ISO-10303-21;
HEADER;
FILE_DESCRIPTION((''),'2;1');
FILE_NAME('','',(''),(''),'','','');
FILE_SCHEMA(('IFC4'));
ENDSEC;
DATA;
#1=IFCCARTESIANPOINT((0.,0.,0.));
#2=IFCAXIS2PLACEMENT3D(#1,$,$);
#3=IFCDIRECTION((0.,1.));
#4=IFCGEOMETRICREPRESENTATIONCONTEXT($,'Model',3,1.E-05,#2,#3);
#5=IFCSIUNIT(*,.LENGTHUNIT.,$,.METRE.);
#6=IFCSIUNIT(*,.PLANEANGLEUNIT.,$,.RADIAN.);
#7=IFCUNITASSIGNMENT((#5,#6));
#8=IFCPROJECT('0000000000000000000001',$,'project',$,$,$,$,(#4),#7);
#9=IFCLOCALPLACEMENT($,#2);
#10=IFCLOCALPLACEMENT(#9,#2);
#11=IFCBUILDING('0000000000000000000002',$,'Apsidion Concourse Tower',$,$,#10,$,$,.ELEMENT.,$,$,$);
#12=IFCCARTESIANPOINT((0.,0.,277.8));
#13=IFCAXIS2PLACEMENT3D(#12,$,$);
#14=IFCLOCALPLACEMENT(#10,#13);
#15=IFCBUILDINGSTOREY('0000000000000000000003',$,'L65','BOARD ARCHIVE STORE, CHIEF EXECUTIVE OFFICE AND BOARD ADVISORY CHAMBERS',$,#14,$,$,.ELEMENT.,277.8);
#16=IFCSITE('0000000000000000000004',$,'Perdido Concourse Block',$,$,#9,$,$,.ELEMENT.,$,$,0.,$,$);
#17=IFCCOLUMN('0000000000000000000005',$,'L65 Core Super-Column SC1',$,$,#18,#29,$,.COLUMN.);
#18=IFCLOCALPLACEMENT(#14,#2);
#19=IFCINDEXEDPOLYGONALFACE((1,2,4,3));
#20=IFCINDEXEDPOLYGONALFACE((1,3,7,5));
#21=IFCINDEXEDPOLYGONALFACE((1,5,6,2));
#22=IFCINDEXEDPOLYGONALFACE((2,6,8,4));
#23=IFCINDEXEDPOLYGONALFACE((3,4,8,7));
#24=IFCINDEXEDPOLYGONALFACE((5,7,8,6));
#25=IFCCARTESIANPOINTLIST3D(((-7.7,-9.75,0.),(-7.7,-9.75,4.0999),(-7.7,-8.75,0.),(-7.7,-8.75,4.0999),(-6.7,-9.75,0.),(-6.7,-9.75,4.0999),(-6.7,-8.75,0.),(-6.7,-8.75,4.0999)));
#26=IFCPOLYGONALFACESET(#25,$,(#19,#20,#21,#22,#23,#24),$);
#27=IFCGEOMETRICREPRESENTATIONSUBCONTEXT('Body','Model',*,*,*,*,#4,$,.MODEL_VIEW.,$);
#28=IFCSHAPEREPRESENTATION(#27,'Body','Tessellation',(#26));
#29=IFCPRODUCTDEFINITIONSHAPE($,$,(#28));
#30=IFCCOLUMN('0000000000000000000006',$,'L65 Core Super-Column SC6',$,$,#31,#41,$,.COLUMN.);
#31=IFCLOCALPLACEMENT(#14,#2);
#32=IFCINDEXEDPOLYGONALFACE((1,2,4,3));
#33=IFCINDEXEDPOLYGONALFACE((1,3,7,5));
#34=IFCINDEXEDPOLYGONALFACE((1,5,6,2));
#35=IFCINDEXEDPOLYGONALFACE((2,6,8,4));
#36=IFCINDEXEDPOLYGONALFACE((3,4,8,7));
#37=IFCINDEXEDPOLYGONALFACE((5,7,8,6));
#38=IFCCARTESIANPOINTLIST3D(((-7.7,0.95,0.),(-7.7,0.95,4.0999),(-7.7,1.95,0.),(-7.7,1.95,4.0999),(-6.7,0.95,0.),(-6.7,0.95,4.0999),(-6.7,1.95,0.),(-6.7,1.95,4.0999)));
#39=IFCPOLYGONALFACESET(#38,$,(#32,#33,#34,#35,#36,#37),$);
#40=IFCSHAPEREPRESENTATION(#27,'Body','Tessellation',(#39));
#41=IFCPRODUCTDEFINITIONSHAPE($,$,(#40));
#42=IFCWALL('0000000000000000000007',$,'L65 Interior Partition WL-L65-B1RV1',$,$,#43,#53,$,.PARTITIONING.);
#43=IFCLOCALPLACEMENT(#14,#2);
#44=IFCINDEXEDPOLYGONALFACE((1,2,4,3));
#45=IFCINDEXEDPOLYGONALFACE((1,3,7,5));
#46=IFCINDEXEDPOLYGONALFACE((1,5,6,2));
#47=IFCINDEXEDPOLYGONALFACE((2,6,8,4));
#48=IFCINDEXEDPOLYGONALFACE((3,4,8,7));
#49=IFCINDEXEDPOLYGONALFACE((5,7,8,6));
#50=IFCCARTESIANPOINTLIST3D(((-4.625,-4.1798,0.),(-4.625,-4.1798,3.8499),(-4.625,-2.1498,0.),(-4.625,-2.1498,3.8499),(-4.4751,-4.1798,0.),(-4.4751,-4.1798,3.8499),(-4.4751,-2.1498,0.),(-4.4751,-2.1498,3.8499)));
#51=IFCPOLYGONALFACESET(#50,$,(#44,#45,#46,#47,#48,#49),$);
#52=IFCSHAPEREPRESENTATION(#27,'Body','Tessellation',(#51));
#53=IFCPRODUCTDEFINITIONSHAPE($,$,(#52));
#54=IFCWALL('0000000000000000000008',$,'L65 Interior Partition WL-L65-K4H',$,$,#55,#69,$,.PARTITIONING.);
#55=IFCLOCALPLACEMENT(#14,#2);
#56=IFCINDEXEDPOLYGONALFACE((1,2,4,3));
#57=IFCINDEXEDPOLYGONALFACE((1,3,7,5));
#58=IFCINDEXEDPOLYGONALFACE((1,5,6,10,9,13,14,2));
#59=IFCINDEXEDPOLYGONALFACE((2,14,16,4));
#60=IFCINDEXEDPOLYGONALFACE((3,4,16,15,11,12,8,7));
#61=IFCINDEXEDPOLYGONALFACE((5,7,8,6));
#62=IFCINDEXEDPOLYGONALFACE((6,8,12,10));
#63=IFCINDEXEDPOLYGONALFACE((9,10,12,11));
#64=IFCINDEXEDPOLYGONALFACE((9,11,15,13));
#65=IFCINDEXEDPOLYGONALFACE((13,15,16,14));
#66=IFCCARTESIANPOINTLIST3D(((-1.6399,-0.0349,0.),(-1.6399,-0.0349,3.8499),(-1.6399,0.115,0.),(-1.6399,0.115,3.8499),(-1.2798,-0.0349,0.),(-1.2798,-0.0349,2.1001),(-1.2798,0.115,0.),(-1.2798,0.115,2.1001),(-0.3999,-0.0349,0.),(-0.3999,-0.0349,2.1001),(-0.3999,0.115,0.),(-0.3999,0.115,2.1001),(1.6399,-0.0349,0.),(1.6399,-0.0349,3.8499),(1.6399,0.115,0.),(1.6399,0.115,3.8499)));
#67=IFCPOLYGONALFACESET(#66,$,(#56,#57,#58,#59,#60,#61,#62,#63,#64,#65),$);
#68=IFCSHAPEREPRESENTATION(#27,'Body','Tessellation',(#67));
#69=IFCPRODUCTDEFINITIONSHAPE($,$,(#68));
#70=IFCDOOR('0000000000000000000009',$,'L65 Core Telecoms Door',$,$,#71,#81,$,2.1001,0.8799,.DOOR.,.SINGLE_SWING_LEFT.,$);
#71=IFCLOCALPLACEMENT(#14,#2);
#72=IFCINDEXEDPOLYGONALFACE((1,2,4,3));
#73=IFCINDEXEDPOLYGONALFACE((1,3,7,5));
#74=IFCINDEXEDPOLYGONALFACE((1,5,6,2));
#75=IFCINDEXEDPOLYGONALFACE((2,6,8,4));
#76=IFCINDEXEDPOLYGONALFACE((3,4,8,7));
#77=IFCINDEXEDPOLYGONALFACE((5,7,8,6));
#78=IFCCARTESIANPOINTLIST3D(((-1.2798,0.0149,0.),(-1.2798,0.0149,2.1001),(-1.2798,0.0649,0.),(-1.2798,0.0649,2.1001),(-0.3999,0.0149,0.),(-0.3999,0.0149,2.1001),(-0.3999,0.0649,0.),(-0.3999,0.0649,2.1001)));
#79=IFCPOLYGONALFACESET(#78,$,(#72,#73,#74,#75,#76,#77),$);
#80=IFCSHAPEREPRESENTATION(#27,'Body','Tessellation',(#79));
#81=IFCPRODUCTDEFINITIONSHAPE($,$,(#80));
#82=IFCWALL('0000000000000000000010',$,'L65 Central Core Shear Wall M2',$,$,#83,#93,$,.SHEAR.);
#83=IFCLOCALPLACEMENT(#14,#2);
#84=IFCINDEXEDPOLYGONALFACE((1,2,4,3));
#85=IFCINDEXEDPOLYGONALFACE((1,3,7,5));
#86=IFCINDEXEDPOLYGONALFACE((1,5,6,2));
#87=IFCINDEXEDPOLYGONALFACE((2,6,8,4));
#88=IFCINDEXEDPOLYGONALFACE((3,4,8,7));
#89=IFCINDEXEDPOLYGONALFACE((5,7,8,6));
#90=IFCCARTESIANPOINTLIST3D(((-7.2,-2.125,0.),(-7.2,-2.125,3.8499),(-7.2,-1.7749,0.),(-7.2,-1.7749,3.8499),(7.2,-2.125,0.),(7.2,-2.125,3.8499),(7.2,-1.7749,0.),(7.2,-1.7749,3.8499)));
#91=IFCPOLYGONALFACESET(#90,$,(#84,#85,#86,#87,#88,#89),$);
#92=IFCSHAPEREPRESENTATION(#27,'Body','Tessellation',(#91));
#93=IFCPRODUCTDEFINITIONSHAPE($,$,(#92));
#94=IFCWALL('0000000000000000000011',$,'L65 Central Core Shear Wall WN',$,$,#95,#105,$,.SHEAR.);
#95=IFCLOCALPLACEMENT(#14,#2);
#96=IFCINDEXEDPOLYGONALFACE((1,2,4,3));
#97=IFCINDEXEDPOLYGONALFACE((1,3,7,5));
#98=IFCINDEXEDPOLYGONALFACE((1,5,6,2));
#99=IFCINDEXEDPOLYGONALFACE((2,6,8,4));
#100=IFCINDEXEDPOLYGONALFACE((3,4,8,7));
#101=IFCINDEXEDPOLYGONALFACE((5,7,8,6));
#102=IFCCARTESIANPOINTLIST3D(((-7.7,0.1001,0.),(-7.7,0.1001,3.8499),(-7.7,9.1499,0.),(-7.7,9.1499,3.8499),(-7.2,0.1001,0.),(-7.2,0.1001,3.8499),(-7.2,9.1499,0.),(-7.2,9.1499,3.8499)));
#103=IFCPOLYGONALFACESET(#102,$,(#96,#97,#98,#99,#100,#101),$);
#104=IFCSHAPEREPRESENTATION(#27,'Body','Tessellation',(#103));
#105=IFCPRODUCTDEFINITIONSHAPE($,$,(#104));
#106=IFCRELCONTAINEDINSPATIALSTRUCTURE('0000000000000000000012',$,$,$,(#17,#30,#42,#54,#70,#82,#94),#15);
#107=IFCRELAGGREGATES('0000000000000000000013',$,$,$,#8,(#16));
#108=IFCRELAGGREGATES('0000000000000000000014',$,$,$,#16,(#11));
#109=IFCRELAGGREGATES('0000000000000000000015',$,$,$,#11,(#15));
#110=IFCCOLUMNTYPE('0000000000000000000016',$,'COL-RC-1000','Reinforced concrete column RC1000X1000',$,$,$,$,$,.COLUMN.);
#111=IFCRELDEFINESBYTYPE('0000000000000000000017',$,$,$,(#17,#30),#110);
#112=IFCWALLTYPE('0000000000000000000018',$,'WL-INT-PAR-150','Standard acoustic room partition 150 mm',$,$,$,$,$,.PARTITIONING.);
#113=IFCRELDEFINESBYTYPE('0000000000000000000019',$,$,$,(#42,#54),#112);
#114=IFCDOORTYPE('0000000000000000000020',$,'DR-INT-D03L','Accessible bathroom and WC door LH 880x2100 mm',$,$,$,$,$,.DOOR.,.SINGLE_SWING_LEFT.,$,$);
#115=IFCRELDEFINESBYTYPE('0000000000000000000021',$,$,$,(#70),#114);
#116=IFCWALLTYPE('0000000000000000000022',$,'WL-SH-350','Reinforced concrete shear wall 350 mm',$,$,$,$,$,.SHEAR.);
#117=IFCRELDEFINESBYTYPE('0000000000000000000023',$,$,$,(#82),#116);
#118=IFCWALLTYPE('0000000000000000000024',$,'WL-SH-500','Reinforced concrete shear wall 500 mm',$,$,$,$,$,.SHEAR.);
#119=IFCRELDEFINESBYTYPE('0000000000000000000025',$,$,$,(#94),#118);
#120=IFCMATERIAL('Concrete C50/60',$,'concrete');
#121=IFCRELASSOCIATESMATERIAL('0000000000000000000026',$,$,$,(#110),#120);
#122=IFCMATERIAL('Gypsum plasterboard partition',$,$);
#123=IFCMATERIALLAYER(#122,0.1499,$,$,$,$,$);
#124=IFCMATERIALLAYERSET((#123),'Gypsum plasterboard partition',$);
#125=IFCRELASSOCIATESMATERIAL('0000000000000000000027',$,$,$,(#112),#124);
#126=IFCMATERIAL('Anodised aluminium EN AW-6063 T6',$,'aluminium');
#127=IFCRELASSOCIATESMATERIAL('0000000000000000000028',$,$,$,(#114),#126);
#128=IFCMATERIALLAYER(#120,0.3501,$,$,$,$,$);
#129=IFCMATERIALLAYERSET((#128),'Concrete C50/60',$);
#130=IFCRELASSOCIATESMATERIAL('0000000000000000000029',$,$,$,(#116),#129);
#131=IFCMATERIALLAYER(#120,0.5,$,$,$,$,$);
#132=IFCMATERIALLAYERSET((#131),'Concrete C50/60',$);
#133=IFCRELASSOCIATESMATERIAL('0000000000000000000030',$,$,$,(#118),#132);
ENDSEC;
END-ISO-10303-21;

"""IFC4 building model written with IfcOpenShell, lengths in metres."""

from ifc_helpers import new_model, si_unit, direction, frame, frame_2d, origin, origin_2d, place, context, subcontext, project, spatial, rectangle, extrude, material, layer, layer_set, material_profile, profile_set, type_object, element, fill, save


model = new_model("IFC4")

# Units and contexts
model_context = context("Model", 3, precision=1e-05, world=origin(), true_north=direction((0.0, 1.0)))
body_context = subcontext(model_context, "Body", "Model", "MODEL_VIEW")
ifc_project = project(units=[si_unit("LENGTHUNIT", "METRE"), si_unit("PLANEANGLEUNIT", "RADIAN")], contexts=[model_context])

# Site, building, storey
site_placement = place(None, origin())
site = spatial("IfcSite", under=ifc_project, at=site_placement, Name="Perdido Concourse Block", CompositionType="ELEMENT", RefElevation=0.0)
building_placement = place(site_placement, origin())
building = spatial("IfcBuilding", under=site, at=building_placement, Name="Apsidion Concourse Tower", CompositionType="ELEMENT")
storey_placement = place(building_placement, frame((0.0, 0.0, 277.8)))
storey = spatial("IfcBuildingStorey", under=building, at=storey_placement, Name="L65", Description="BOARD ARCHIVE STORE, CHIEF EXECUTIVE OFFICE AND BOARD ADVISORY CHAMBERS", CompositionType="ELEMENT", Elevation=277.8)

# Columns
ifc_material_1 = material(Name="Concrete C50/60", Category="concrete")
ifc_material_profile = material_profile(ifc_material_1, rectangle(XDim=1.0, YDim=1.0, at=origin_2d()), Name="RC 1000x1000")
ifc_profile_set = profile_set([ifc_material_profile], Name="Concrete C50/60")
column_type = type_object("IfcColumnType", Name="COL-RC-1000", Description="Reinforced concrete column RC1000X1000", PredefinedType="COLUMN", material=ifc_profile_set)
for number, where, z_axis, x_axis, name in (
    (1, (-7.2, -9.25, 0.0), (0.0, 0.0, 1.0), (1.0, 0.0, 0.0), "L65 Core Super-Column SC1"),
    (2, (-7.2, 1.45, 0.0), (0.0, 0.0, 1.0), (1.0, 0.0, 0.0), "L65 Core Super-Column SC6"),
):
    element("IfcColumn", number, at=place(storey_placement, frame(where, z_axis=z_axis, x_axis=x_axis)), inside=storey, type_object=column_type, Name=name, PredefinedType="COLUMN", context=body_context, shape_type="SweptSolid", body=[
        extrude(rectangle(XDim=1.0, YDim=1.0, at=origin_2d()), origin(), (0.0, 0.0, 1.0), 4.0999),
    ])

# Wall
ifc_material_2 = material(Name="Gypsum plasterboard partition")
ifc_layer_1 = layer(ifc_material_2, 0.1499)
ifc_layer_set_1 = layer_set([ifc_layer_1], Name="Gypsum plasterboard partition")
wall_type_1 = type_object("IfcWallType", Name="WL-INT-PAR-150", Description="Standard acoustic room partition 150 mm", PredefinedType="PARTITIONING", material=ifc_layer_set_1)
wall_1_placement = place(storey_placement, frame((-4.55, -4.1799, 0.0), z_axis=(0.0, 0.0, 1.0), x_axis=(0.0, 1.0, 0.0)))
element("IfcWall", 3, at=wall_1_placement, inside=storey, type_object=wall_type_1, Name="L65 Interior Partition WL-L65-B1RV1", PredefinedType="PARTITIONING", context=body_context, shape_type="SweptSolid", body=[
    extrude(rectangle(XDim=2.03, YDim=0.1499, at=frame_2d((1.0151, 0.0))), origin(), (0.0, 0.0, 1.0), 3.8499),
])

# Wall, opening, door
wall_2_placement = place(storey_placement, frame((-1.6399, 0.04, 0.0), z_axis=(0.0, 0.0, 1.0), x_axis=(1.0, 0.0, 0.0)))
wall_2 = element("IfcWall", 4, at=wall_2_placement, inside=storey, type_object=wall_type_1, Name="L65 Interior Partition WL-L65-K4H", PredefinedType="PARTITIONING", context=body_context, shape_type="SweptSolid", body=[
    extrude(rectangle(XDim=3.2798, YDim=0.1499, at=frame_2d((1.6399, 0.0))), origin(), (0.0, 0.0, 1.0), 3.8499),
])
opening_1_placement = place(wall_2_placement, frame((0.3601, 0.0, 0.0)))
opening_1 = element("IfcOpeningElement", 5, at=opening_1_placement, cuts=wall_2, PredefinedType="OPENING", context=body_context, shape_type="SweptSolid", body=[
    extrude(rectangle(XDim=0.8799, YDim=2.1001, at=frame_2d((0.4399, 1.05))), frame((0.0, 0.085, 0.0), z_axis=(0.0, -1.0, 0.0), x_axis=(1.0, 0.0, 0.0)), (0.0, 0.0, 1.0), 0.1699),
])
ifc_material_3 = material(Name="Anodised aluminium EN AW-6063 T6", Category="aluminium")
door_type_1 = type_object("IfcDoorType", Name="DR-INT-D03L", Description="Accessible bathroom and WC door LH 880x2100 mm", OperationType="SINGLE_SWING_LEFT", PredefinedType="DOOR", material=ifc_material_3)
door_1_placement = place(opening_1_placement, origin())
door_1 = element("IfcDoor", 6, at=door_1_placement, inside=storey, type_object=door_type_1, Name="L65 Core Telecoms Door", OperationType="SINGLE_SWING_LEFT", OverallHeight=2.1001, OverallWidth=0.8799, PredefinedType="DOOR", context=body_context, shape_type="SweptSolid", body=[
    extrude(rectangle(XDim=0.8799, YDim=2.1001, at=frame_2d((0.4399, 1.05))), frame((0.0, 0.0249, 0.0), z_axis=(0.0, -1.0, 0.0), x_axis=(1.0, 0.0, 0.0)), (0.0, 0.0, 1.0), 0.05),
])
fill(opening_1, door_1)

# Shared definitions
ifc_layer_2 = layer(ifc_material_1, 0.3501)
ifc_layer_set_2 = layer_set([ifc_layer_2], Name="Concrete C50/60")
wall_type_2 = type_object("IfcWallType", Name="WL-SH-350", Description="Reinforced concrete shear wall 350 mm", PredefinedType="SHEAR", material=ifc_layer_set_2)

# Wall
wall_3_placement = place(storey_placement, frame((-7.2, -1.95, 0.0), z_axis=(0.0, 0.0, 1.0), x_axis=(1.0, 0.0, 0.0)))
element("IfcWall", 7, at=wall_3_placement, inside=storey, type_object=wall_type_2, Name="L65 Central Core Shear Wall M2", PredefinedType="SHEAR", context=body_context, shape_type="SweptSolid", body=[
    extrude(rectangle(XDim=14.3999, YDim=0.3501, at=frame_2d((7.2, 0.0))), origin(), (0.0, 0.0, 1.0), 3.8499),
])

# Wall
ifc_layer_3 = layer(ifc_material_1, 0.5)
ifc_layer_set_3 = layer_set([ifc_layer_3], Name="Concrete C50/60")
wall_type_3 = type_object("IfcWallType", Name="WL-SH-500", Description="Reinforced concrete shear wall 500 mm", PredefinedType="SHEAR", material=ifc_layer_set_3)
wall_4_placement = place(storey_placement, frame((-7.45, 0.1001, 0.0), z_axis=(0.0, 0.0, 1.0), x_axis=(0.0, 1.0, 0.0)))
element("IfcWall", 8, at=wall_4_placement, inside=storey, type_object=wall_type_3, Name="L65 Central Core Shear Wall WN", PredefinedType="SHEAR", context=body_context, shape_type="SweptSolid", body=[
    extrude(rectangle(XDim=9.0498, YDim=0.5, at=frame_2d((4.5249, 0.0))), origin(), (0.0, 0.0, 1.0), 3.8499),
])

save(model, "model.ifc")
